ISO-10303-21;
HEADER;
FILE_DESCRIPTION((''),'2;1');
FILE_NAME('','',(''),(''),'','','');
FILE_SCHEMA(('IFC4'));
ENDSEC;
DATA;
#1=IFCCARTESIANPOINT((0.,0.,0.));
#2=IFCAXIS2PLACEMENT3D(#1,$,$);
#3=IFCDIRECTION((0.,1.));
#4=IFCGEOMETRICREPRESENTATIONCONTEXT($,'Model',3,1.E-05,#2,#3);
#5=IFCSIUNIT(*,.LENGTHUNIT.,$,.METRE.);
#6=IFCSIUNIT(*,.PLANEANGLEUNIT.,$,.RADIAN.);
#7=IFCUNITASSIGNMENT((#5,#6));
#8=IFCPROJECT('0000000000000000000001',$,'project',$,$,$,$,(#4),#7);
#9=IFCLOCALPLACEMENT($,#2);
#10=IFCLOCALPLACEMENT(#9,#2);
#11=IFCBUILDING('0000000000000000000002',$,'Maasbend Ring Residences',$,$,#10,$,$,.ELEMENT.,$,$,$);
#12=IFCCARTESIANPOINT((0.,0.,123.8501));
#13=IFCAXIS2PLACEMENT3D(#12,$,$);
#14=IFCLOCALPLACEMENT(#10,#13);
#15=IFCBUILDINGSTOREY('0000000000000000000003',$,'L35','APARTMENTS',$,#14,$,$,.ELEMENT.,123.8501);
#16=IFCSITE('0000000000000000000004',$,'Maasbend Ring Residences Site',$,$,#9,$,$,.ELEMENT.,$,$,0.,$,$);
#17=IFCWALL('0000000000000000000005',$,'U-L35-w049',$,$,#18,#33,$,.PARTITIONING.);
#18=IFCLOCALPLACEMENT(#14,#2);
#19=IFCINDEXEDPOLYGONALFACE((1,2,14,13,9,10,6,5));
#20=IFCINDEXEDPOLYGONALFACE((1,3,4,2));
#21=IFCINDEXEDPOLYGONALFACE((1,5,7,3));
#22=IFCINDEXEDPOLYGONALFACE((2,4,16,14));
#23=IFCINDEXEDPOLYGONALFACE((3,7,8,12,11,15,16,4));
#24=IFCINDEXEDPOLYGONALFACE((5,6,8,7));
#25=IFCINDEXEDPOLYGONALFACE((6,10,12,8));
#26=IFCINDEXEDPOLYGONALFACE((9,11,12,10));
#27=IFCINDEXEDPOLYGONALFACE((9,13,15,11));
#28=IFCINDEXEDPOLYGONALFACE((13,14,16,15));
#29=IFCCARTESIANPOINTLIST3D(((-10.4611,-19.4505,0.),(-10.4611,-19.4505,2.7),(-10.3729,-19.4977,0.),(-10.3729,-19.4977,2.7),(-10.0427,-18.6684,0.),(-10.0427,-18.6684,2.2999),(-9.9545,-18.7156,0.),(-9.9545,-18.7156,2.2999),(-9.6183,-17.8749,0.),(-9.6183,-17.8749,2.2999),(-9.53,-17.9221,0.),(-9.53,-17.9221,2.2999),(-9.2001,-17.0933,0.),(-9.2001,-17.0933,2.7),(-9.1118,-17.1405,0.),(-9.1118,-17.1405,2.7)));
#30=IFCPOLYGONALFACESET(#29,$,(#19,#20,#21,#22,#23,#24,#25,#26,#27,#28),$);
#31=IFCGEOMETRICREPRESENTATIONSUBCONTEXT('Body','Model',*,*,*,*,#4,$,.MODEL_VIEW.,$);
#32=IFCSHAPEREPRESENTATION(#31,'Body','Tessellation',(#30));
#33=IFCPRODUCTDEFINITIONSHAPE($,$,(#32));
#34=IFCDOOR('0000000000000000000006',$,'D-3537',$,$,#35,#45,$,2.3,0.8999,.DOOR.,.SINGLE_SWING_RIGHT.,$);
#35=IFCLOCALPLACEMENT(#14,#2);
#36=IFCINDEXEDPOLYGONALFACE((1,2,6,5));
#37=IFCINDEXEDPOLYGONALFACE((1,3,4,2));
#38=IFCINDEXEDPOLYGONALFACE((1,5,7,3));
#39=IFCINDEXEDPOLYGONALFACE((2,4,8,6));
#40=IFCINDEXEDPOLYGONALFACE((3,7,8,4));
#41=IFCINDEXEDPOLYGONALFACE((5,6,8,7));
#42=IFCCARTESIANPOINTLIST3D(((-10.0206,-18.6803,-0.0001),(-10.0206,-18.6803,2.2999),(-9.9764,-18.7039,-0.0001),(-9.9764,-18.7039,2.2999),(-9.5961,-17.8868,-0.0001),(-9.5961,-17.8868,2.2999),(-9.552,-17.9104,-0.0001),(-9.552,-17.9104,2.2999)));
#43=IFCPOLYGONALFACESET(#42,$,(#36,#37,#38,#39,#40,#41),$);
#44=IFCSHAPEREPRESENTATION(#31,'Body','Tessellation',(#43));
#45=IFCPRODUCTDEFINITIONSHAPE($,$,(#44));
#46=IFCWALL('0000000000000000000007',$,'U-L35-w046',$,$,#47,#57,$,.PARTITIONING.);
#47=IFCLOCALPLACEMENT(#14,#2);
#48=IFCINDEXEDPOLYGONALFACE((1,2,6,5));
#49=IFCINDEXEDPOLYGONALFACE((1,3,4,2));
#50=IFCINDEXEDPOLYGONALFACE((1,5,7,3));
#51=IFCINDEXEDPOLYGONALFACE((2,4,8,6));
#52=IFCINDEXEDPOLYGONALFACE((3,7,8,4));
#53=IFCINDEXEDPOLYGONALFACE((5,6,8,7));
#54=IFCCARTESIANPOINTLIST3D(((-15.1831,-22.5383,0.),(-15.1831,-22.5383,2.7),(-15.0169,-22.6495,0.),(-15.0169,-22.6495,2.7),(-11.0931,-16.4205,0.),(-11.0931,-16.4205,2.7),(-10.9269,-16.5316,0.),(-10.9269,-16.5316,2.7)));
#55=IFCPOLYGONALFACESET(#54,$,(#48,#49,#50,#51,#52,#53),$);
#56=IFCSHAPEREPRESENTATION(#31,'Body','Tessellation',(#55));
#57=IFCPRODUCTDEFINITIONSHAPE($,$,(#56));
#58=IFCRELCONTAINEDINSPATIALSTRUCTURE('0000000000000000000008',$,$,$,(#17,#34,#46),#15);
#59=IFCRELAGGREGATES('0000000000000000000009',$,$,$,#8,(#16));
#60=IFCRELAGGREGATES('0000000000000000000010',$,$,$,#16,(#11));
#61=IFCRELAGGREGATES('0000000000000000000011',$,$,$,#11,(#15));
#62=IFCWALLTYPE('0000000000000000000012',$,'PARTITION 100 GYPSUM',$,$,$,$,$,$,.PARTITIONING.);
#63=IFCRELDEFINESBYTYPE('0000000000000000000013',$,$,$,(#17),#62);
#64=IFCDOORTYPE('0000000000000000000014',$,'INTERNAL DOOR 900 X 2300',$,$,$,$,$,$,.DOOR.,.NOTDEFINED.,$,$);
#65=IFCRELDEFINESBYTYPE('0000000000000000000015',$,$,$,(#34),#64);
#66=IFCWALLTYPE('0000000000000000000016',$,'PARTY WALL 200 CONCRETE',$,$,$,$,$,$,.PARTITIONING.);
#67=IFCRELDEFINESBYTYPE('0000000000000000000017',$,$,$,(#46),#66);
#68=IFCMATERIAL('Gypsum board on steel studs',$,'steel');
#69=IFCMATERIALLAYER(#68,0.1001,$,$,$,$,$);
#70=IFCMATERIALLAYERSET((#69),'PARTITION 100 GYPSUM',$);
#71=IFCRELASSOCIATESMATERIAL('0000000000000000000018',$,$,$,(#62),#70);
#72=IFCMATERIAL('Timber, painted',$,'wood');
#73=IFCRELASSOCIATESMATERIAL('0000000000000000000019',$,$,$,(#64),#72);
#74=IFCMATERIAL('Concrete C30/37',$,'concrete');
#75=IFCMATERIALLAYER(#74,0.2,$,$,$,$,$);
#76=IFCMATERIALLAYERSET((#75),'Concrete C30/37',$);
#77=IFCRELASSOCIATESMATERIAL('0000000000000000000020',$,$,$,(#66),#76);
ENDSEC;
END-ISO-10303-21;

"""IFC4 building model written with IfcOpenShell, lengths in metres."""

from ifc_helpers import new_model, si_unit, direction, frame, frame_2d, origin, place, context, subcontext, project, spatial, rectangle, extrude, material, layer, layer_set, type_object, element, fill, save


model = new_model("IFC4")

# Units and contexts
model_context = context("Model", 3, precision=1e-05, world=origin(), true_north=direction((0.0, 1.0)))
body_context = subcontext(model_context, "Body", "Model", "MODEL_VIEW")
ifc_project = project(units=[si_unit("LENGTHUNIT", "METRE"), si_unit("PLANEANGLEUNIT", "RADIAN")], contexts=[model_context])

# Site, building, storey
site_placement = place(None, origin())
site = spatial("IfcSite", under=ifc_project, at=site_placement, Name="Maasbend Ring Residences Site", CompositionType="ELEMENT", RefElevation=0.0)
building_placement = place(site_placement, origin())
building = spatial("IfcBuilding", under=site, at=building_placement, Name="Maasbend Ring Residences", CompositionType="ELEMENT")
storey_placement = place(building_placement, frame((0.0, 0.0, 123.8501)))
storey = spatial("IfcBuildingStorey", under=building, at=storey_placement, Name="L35", Description="APARTMENTS", CompositionType="ELEMENT", Elevation=123.8501)

# Shared definitions
ifc_material_1 = material(Name="Gypsum board on steel studs", Category="steel")
ifc_layer_1 = layer(ifc_material_1, 0.1001)
ifc_layer_set_1 = layer_set([ifc_layer_1], Name="PARTITION 100 GYPSUM")
wall_type_1 = type_object("IfcWallType", Name="PARTITION 100 GYPSUM", PredefinedType="PARTITIONING", material=ifc_layer_set_1)

# Wall, opening, door
ifc_material_2 = material(Name="Timber, painted", Category="wood")
door_type_1 = type_object("IfcDoorType", Name="INTERNAL DOOR 900 X 2300", OperationType="NOTDEFINED", PredefinedType="DOOR", material=ifc_material_2)
wall_1_placement = place(storey_placement, frame((-10.417, -19.4741, 0.0), z_axis=(0.0, 0.0, 1.0), x_axis=(0.471702, 0.881758, 0.0)))
wall_1 = element("IfcWall", 1, at=wall_1_placement, inside=storey, type_object=wall_type_1, Name="U-L35-w049", PredefinedType="PARTITIONING", context=body_context, shape_type="SweptSolid", body=[
    extrude(rectangle(XDim=2.6733, YDim=0.1001, at=frame_2d((1.3367, 0.0))), origin(), (0.0, 0.0, 1.0), 2.7),
])
opening_1_placement = place(wall_1_placement, frame((0.887, 0.0, 0.0)))
opening_1 = element("IfcOpeningElement", 2, at=opening_1_placement, cuts=wall_1, PredefinedType="OPENING", context=body_context, shape_type="SweptSolid", body=[
    extrude(rectangle(XDim=0.8999, YDim=2.3, at=frame_2d((0.45, 1.1499))), frame((0.0, 0.0601, 0.0), z_axis=(0.0, -1.0, 0.0), x_axis=(1.0, 0.0, 0.0)), (0.0, 0.0, 1.0), 0.1201),
])
door_1_placement = place(opening_1_placement, origin())
door_1 = element("IfcDoor", 3, at=door_1_placement, inside=storey, type_object=door_type_1, Name="D-3537", OperationType="SINGLE_SWING_RIGHT", OverallHeight=2.3, OverallWidth=0.8999, PredefinedType="DOOR", context=body_context, shape_type="SweptSolid", body=[
    extrude(rectangle(XDim=0.8999, YDim=2.3, at=frame_2d((0.45, 1.1499))), frame((0.0, 0.0249, 0.0), z_axis=(0.0, -1.0, 0.0), x_axis=(1.0, 0.0, 0.0)), (0.0, 0.0, 1.0), 0.05),
])
fill(opening_1, door_1)

# Wall
ifc_material_3 = material(Name="Concrete C30/37", Category="concrete")
ifc_layer_2 = layer(ifc_material_3, 0.2)
ifc_layer_set_2 = layer_set([ifc_layer_2], Name="Concrete C30/37")
wall_type_2 = type_object("IfcWallType", Name="PARTY WALL 200 CONCRETE", PredefinedType="PARTITIONING", material=ifc_layer_set_2)
wall_2_placement = place(storey_placement, frame((-15.1001, -22.594, 0.0), z_axis=(0.0, 0.0, 1.0), x_axis=(0.555779, 0.83133, 0.0)))
element("IfcWall", 4, at=wall_2_placement, inside=storey, type_object=wall_type_2, Name="U-L35-w046", PredefinedType="PARTITIONING", context=body_context, shape_type="SweptSolid", body=[
    extrude(rectangle(XDim=7.3591, YDim=0.2, at=frame_2d((3.6797, 0.0))), origin(), (0.0, 0.0, 1.0), 2.7),
])

save(model, "model.ifc")
